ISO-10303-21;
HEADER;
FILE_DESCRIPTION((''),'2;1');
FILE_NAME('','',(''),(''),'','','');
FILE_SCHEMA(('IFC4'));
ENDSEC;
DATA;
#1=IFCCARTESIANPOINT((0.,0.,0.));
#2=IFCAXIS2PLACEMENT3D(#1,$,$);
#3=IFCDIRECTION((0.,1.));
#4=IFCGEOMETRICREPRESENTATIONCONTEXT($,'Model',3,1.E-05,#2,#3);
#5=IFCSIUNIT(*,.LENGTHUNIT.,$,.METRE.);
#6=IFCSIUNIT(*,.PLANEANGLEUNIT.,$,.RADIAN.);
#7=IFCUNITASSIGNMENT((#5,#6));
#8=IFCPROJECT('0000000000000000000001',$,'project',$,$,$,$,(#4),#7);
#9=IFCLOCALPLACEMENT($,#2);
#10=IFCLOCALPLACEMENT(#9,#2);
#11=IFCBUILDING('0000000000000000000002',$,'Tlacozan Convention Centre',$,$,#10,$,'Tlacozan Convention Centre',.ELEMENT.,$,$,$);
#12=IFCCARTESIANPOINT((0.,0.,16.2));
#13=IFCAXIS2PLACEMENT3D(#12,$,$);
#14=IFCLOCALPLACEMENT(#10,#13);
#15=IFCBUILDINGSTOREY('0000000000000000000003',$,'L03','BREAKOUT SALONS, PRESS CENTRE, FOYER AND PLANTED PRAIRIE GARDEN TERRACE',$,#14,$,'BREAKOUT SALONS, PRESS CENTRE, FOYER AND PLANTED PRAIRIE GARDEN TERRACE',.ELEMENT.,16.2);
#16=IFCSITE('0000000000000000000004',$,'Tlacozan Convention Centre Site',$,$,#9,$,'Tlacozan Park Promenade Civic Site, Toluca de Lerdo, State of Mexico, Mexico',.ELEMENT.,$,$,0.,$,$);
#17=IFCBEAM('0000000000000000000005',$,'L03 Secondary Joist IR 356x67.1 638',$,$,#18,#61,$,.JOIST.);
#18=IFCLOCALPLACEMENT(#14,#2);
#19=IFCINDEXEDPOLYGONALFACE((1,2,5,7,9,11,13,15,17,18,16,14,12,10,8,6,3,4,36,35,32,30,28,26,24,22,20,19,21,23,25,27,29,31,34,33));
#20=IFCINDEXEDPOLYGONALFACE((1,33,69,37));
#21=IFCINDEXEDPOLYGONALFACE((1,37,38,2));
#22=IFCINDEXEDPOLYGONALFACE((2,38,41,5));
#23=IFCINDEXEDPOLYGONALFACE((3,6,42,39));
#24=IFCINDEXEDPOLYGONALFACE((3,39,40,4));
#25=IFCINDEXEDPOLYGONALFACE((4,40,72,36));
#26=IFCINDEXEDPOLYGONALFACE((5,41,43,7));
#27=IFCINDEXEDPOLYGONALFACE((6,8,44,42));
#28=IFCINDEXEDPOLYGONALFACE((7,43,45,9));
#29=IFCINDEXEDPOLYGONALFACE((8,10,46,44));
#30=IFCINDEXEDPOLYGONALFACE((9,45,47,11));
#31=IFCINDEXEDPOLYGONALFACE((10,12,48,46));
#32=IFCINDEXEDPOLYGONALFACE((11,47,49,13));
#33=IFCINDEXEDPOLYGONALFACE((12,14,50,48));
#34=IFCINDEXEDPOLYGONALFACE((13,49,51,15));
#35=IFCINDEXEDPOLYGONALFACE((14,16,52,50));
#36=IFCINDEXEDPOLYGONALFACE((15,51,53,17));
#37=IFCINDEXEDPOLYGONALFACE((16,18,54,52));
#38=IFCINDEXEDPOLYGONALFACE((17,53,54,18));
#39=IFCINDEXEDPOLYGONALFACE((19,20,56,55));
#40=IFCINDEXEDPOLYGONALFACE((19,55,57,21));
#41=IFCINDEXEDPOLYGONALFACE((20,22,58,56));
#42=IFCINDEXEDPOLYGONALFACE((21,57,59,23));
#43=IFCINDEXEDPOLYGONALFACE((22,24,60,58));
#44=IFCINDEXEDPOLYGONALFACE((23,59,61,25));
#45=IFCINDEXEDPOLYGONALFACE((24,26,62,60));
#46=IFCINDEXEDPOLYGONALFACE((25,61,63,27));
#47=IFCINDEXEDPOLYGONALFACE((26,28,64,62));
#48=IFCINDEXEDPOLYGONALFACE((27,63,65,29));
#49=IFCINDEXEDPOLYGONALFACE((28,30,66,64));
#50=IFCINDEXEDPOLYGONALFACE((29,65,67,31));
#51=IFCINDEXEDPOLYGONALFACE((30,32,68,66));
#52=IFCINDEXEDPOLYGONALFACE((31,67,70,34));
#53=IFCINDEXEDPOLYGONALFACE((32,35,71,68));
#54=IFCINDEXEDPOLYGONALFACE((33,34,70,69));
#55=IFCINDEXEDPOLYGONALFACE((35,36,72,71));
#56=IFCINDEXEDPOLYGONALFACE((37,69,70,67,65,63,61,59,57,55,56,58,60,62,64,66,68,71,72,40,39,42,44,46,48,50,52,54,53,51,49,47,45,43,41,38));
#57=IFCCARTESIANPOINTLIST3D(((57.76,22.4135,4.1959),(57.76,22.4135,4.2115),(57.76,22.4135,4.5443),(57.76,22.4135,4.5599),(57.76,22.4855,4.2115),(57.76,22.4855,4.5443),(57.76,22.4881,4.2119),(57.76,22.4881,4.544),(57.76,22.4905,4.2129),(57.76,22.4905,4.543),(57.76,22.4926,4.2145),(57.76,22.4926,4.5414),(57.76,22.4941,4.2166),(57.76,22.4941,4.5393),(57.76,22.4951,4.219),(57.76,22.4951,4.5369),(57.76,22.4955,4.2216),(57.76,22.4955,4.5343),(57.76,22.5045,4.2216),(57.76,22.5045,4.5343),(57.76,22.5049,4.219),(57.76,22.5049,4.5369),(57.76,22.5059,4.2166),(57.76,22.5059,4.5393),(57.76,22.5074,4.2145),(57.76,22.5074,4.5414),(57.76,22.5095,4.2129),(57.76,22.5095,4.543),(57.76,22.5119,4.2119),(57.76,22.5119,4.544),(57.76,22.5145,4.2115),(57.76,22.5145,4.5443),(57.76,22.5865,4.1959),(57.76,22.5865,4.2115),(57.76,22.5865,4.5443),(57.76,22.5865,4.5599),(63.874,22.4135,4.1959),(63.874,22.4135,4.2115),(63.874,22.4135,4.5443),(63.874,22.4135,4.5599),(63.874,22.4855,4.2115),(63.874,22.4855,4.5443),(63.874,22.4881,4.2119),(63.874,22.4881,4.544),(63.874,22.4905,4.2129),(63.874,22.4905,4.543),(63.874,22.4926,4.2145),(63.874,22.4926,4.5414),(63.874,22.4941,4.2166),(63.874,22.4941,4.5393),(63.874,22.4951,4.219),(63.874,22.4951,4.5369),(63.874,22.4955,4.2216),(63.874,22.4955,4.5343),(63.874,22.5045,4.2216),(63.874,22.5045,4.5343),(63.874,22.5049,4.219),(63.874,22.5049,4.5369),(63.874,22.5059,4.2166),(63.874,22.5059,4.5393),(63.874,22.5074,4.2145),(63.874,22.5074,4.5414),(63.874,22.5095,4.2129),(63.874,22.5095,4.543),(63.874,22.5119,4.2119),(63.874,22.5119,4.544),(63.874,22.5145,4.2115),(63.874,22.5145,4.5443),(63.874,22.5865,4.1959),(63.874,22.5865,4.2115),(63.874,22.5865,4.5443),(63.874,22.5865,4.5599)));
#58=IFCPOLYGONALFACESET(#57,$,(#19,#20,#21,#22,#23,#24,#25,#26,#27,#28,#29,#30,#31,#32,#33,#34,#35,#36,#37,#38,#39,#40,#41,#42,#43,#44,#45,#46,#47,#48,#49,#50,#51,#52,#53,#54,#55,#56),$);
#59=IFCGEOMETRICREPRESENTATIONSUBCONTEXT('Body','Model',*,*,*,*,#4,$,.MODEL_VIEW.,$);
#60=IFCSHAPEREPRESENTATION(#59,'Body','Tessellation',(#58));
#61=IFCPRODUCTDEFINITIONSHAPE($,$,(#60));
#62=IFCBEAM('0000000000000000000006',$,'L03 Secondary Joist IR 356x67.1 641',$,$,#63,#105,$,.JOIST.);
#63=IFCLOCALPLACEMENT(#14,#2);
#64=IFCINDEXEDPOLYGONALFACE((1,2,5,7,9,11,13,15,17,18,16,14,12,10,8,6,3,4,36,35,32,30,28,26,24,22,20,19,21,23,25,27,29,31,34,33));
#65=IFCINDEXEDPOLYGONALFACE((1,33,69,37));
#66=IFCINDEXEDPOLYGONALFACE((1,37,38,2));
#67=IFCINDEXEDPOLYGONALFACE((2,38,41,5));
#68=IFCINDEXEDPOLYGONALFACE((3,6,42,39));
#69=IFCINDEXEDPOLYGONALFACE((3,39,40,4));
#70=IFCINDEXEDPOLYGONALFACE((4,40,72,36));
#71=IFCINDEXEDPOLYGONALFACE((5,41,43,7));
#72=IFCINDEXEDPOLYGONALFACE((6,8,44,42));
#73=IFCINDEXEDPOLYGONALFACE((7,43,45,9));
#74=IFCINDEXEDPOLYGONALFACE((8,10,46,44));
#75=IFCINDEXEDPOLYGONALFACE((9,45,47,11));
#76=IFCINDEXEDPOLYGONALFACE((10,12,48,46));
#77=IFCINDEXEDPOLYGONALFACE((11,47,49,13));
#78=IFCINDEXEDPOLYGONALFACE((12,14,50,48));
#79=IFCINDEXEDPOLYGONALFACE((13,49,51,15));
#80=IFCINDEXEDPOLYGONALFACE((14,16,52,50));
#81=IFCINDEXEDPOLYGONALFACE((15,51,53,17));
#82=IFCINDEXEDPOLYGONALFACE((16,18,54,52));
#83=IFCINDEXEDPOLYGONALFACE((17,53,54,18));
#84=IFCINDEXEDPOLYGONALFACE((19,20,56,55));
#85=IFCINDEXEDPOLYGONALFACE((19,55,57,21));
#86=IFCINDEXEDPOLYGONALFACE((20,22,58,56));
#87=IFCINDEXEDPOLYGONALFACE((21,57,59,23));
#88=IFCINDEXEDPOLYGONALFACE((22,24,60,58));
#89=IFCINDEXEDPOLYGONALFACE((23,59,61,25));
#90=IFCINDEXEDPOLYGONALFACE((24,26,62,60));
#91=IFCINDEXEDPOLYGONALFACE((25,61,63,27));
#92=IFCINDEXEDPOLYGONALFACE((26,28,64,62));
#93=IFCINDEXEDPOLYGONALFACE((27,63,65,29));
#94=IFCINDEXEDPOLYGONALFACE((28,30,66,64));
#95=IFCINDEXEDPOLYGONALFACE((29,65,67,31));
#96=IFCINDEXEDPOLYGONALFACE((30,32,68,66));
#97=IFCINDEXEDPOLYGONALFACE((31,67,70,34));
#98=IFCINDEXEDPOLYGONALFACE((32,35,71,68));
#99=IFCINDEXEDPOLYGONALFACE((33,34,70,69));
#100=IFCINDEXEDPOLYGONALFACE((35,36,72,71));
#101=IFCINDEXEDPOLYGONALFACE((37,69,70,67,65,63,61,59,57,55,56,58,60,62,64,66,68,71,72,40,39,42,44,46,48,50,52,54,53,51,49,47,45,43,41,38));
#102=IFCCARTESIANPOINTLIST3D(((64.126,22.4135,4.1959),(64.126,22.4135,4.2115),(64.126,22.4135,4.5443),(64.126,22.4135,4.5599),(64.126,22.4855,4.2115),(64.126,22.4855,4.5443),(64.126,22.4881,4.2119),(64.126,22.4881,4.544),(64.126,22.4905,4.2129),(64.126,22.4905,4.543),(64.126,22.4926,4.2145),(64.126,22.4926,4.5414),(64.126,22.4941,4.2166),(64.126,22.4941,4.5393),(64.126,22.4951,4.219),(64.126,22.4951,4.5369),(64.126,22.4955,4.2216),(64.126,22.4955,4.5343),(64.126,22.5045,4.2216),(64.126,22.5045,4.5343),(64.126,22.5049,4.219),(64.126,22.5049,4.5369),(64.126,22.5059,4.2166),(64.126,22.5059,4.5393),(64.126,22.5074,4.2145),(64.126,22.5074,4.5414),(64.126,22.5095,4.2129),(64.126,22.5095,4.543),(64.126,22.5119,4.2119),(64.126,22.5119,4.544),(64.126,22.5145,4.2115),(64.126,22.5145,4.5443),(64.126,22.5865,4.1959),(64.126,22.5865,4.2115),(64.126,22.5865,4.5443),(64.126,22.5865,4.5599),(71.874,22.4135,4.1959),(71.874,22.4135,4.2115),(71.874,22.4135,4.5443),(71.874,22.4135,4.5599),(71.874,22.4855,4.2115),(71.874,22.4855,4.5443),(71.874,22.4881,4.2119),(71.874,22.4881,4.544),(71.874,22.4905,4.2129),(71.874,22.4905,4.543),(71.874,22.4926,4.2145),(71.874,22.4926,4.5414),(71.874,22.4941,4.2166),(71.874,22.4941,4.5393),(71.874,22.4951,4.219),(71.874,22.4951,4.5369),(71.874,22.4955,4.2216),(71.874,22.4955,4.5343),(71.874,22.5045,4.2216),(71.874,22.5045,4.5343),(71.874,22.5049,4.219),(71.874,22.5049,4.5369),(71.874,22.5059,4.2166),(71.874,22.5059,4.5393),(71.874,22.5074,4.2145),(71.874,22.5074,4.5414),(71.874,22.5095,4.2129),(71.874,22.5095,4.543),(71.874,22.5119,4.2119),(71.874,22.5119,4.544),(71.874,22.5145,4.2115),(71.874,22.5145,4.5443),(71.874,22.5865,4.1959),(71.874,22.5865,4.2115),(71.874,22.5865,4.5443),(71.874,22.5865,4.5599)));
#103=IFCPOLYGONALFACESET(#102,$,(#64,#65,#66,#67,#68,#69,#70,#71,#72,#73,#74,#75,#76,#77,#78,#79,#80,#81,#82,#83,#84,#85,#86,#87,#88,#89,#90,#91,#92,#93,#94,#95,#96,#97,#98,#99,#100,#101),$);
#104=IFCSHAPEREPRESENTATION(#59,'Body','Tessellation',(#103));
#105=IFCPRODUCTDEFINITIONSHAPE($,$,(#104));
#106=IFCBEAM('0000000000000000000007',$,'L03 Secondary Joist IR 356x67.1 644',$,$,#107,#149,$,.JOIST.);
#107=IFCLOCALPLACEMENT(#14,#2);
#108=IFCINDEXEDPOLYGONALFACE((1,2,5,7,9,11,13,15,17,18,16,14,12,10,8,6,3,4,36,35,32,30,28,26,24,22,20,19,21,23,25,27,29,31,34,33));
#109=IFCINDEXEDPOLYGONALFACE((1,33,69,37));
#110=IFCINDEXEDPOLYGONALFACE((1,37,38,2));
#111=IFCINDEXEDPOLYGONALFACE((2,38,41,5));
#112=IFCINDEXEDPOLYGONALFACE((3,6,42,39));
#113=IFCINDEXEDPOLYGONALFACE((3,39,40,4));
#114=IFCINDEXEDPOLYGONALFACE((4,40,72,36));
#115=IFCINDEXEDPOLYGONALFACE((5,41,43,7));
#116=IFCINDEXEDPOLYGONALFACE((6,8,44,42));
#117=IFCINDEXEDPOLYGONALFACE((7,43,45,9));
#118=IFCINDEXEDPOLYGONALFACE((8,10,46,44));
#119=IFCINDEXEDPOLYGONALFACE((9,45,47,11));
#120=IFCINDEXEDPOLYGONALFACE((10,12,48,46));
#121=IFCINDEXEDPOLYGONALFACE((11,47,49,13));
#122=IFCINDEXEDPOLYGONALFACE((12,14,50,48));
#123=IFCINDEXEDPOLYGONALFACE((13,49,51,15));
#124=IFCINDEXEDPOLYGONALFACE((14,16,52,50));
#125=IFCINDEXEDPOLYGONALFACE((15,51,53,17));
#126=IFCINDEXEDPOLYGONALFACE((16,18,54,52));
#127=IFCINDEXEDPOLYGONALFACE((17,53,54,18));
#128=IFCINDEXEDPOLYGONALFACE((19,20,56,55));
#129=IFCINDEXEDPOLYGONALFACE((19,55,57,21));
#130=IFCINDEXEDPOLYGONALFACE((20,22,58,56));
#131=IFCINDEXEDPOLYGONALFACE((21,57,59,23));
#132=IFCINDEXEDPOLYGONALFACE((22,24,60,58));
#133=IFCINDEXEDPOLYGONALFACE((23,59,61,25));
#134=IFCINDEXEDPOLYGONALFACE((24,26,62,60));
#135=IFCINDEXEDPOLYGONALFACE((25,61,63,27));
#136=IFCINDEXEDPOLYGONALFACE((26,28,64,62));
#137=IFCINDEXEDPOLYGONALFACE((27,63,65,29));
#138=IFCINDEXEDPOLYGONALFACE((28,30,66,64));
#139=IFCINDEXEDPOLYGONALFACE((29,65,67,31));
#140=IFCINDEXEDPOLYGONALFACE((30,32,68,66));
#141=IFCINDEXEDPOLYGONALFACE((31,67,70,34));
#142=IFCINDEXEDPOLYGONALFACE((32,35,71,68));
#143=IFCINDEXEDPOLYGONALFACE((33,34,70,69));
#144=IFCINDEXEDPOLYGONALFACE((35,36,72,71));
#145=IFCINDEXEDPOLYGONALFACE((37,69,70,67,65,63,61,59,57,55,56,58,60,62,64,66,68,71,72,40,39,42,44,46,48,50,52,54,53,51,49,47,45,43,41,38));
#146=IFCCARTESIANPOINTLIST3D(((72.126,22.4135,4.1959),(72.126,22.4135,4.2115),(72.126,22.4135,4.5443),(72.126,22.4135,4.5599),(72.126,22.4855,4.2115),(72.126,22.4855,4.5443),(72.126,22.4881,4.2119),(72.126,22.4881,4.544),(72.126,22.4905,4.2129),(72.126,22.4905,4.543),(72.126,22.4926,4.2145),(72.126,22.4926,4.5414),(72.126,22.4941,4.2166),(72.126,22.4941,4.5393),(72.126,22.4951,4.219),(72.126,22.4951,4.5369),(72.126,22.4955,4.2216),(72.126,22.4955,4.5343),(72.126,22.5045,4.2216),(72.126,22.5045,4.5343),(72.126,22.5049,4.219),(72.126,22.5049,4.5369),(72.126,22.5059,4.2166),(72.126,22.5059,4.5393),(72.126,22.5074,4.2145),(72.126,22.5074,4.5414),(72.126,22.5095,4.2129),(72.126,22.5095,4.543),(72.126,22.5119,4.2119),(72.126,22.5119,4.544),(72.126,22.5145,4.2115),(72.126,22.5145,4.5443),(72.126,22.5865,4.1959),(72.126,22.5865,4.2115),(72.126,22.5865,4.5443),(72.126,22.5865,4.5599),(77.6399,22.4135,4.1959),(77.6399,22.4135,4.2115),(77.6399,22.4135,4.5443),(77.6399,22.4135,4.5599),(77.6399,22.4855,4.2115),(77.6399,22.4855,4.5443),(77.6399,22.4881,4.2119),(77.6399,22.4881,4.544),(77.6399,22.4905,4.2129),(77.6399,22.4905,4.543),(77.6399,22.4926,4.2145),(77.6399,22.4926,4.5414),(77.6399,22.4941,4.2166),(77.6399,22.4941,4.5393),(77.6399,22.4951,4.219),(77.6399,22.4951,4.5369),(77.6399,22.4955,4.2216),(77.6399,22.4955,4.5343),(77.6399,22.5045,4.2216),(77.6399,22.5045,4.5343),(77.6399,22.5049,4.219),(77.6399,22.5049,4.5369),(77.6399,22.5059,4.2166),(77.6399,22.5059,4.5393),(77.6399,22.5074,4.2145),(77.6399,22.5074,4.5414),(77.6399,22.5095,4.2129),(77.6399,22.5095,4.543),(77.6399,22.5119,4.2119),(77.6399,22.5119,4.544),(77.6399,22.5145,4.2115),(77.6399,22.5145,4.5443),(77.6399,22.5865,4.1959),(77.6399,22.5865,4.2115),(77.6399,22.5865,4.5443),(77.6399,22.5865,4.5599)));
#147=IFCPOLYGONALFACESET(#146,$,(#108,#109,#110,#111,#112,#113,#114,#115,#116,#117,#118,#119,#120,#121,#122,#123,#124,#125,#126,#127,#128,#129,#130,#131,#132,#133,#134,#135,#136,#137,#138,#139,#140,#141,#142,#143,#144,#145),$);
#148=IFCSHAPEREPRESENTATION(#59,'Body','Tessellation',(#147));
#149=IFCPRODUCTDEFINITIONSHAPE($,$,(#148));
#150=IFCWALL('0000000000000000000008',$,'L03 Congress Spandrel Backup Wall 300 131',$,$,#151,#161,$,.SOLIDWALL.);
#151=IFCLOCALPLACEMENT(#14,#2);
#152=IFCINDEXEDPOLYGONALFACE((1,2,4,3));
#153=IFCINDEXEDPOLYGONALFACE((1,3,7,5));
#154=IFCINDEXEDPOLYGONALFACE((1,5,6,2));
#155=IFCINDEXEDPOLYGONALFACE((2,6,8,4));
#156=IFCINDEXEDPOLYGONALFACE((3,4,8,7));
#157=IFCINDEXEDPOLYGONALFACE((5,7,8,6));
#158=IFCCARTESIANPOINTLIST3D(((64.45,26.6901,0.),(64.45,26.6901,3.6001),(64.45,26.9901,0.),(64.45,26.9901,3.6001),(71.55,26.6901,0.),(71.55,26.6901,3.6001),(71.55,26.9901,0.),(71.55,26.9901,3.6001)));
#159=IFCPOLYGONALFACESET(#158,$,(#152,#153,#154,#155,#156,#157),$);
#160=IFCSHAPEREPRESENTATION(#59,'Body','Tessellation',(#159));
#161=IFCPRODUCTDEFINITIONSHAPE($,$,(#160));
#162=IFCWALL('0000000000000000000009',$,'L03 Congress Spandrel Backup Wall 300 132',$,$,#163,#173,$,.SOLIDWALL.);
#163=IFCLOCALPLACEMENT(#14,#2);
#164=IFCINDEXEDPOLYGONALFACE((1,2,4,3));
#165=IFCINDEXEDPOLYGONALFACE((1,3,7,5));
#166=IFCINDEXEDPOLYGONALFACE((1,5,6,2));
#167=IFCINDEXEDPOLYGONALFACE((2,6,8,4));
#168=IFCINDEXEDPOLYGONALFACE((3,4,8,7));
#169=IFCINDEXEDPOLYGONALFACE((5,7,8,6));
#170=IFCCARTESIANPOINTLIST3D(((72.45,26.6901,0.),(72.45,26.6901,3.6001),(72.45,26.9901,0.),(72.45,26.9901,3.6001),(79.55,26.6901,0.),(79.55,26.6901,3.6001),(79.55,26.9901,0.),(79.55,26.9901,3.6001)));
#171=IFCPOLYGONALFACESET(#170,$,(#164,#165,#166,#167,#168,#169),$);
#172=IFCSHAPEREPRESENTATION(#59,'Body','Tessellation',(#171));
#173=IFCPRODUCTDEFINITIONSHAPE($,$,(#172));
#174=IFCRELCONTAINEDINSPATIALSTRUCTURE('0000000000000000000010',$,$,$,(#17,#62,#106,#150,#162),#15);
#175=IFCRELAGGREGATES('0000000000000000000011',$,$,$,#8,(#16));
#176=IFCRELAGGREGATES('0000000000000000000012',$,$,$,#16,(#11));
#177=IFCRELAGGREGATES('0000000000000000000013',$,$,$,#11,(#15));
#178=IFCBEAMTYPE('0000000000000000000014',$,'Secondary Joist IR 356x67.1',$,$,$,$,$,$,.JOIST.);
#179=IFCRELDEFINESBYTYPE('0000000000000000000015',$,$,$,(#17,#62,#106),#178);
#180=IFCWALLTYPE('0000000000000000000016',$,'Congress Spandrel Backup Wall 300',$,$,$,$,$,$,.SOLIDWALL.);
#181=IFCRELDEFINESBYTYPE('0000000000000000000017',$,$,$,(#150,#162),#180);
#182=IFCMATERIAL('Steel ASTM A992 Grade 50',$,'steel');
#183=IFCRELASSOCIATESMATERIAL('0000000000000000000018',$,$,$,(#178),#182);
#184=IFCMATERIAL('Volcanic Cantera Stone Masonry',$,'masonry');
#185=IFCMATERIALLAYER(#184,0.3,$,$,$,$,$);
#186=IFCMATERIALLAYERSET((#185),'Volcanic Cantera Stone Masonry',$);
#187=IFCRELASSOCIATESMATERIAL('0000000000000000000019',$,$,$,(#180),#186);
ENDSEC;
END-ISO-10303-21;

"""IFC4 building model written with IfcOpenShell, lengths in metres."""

from ifc_helpers import new_model, si_unit, direction, frame, frame_2d, origin, origin_2d, place, context, subcontext, project, spatial, rectangle, i_section, extrude, material, layer, layer_set, material_profile, profile_set, type_object, element, save


model = new_model("IFC4")

# Units and contexts
model_context = context("Model", 3, precision=1e-05, world=origin(), true_north=direction((0.0, 1.0)))
body_context = subcontext(model_context, "Body", "Model", "MODEL_VIEW")
ifc_project = project(units=[si_unit("LENGTHUNIT", "METRE"), si_unit("PLANEANGLEUNIT", "RADIAN")], contexts=[model_context])

# Site, building, storey
site_placement = place(None, origin())
site = spatial("IfcSite", under=ifc_project, at=site_placement, Name="Tlacozan Convention Centre Site", LongName="Tlacozan Park Promenade Civic Site, Toluca de Lerdo, State of Mexico, Mexico", CompositionType="ELEMENT", RefElevation=0.0)
building_placement = place(site_placement, origin())
building = spatial("IfcBuilding", under=site, at=building_placement, Name="Tlacozan Convention Centre", LongName="Tlacozan Convention Centre", CompositionType="ELEMENT")
storey_placement = place(building_placement, frame((0.0, 0.0, 16.2)))
storey = spatial("IfcBuildingStorey", under=building, at=storey_placement, Name="L03", Description="BREAKOUT SALONS, PRESS CENTRE, FOYER AND PLANTED PRAIRIE GARDEN TERRACE", LongName="BREAKOUT SALONS, PRESS CENTRE, FOYER AND PLANTED PRAIRIE GARDEN TERRACE", CompositionType="ELEMENT", Elevation=16.2)

# Beams
ifc_material_1 = material(Name="Steel ASTM A992 Grade 50", Category="steel")
ifc_material_profile_1 = material_profile(ifc_material_1, i_section(OverallWidth=0.1731, OverallDepth=0.364, WebThickness=0.009, FlangeThickness=0.0156, FilletRadius=0.01, at=origin_2d()), Name="IR 356x67.1")
ifc_profile_set_1 = profile_set([ifc_material_profile_1], Name="Steel ASTM A992 Grade 50")
beam_type_1 = type_object("IfcBeamType", Name="Secondary Joist IR 356x67.1", PredefinedType="JOIST", material=ifc_profile_set_1)
beam_1_placement = place(storey_placement, frame((57.76, 22.5, 4.3779), z_axis=(1.0, 0.0, 0.0), x_axis=(0.0, 1.0, 0.0)))
element("IfcBeam", 1, at=beam_1_placement, inside=storey, type_object=beam_type_1, Name="L03 Secondary Joist IR 356x67.1 638", PredefinedType="JOIST", context=body_context, shape_type="SweptSolid", body=[
    extrude(i_section(OverallWidth=0.1731, OverallDepth=0.364, WebThickness=0.009, FlangeThickness=0.0156, FilletRadius=0.01, at=origin_2d()), origin(), (0.0, 0.0, 1.0), 6.114),
])
beam_2_placement = place(storey_placement, frame((64.126, 22.5, 4.3779), z_axis=(1.0, 0.0, 0.0), x_axis=(0.0, 1.0, 0.0)))
element("IfcBeam", 2, at=beam_2_placement, inside=storey, type_object=beam_type_1, Name="L03 Secondary Joist IR 356x67.1 641", PredefinedType="JOIST", context=body_context, shape_type="SweptSolid", body=[
    extrude(i_section(OverallWidth=0.1731, OverallDepth=0.364, WebThickness=0.009, FlangeThickness=0.0156, FilletRadius=0.01, at=origin_2d()), origin(), (0.0, 0.0, 1.0), 7.748),
])
beam_3_placement = place(storey_placement, frame((72.126, 22.5, 4.3779), z_axis=(1.0, 0.0, 0.0), x_axis=(0.0, 1.0, 0.0)))
element("IfcBeam", 3, at=beam_3_placement, inside=storey, type_object=beam_type_1, Name="L03 Secondary Joist IR 356x67.1 644", PredefinedType="JOIST", context=body_context, shape_type="SweptSolid", body=[
    extrude(i_section(OverallWidth=0.1731, OverallDepth=0.364, WebThickness=0.009, FlangeThickness=0.0156, FilletRadius=0.01, at=origin_2d()), origin(), (0.0, 0.0, 1.0), 5.5139),
])

# Walls
ifc_material_2 = material(Name="Volcanic Cantera Stone Masonry", Category="masonry")
ifc_layer_1 = layer(ifc_material_2, 0.3)
ifc_layer_set_1 = layer_set([ifc_layer_1], Name="Volcanic Cantera Stone Masonry")
wall_type_1 = type_object("IfcWallType", Name="Congress Spandrel Backup Wall 300", PredefinedType="SOLIDWALL", material=ifc_layer_set_1)
for number, where, z_axis, x_axis, name in (
    (4, (64.45, 26.8401, 0.0), (0.0, 0.0, 1.0), (1.0, 0.0, 0.0), "L03 Congress Spandrel Backup Wall 300 131"),
    (5, (72.45, 26.8401, 0.0), (0.0, 0.0, 1.0), (1.0, 0.0, 0.0), "L03 Congress Spandrel Backup Wall 300 132"),
):
    element("IfcWall", number, at=place(storey_placement, frame(where, z_axis=z_axis, x_axis=x_axis)), inside=storey, type_object=wall_type_1, Name=name, PredefinedType="SOLIDWALL", context=body_context, shape_type="SweptSolid", body=[
        extrude(rectangle(XDim=7.1001, YDim=0.3, at=frame_2d((3.55, 0.0))), origin(), (0.0, 0.0, 1.0), 3.6001),
    ])

save(model, "model.ifc")
